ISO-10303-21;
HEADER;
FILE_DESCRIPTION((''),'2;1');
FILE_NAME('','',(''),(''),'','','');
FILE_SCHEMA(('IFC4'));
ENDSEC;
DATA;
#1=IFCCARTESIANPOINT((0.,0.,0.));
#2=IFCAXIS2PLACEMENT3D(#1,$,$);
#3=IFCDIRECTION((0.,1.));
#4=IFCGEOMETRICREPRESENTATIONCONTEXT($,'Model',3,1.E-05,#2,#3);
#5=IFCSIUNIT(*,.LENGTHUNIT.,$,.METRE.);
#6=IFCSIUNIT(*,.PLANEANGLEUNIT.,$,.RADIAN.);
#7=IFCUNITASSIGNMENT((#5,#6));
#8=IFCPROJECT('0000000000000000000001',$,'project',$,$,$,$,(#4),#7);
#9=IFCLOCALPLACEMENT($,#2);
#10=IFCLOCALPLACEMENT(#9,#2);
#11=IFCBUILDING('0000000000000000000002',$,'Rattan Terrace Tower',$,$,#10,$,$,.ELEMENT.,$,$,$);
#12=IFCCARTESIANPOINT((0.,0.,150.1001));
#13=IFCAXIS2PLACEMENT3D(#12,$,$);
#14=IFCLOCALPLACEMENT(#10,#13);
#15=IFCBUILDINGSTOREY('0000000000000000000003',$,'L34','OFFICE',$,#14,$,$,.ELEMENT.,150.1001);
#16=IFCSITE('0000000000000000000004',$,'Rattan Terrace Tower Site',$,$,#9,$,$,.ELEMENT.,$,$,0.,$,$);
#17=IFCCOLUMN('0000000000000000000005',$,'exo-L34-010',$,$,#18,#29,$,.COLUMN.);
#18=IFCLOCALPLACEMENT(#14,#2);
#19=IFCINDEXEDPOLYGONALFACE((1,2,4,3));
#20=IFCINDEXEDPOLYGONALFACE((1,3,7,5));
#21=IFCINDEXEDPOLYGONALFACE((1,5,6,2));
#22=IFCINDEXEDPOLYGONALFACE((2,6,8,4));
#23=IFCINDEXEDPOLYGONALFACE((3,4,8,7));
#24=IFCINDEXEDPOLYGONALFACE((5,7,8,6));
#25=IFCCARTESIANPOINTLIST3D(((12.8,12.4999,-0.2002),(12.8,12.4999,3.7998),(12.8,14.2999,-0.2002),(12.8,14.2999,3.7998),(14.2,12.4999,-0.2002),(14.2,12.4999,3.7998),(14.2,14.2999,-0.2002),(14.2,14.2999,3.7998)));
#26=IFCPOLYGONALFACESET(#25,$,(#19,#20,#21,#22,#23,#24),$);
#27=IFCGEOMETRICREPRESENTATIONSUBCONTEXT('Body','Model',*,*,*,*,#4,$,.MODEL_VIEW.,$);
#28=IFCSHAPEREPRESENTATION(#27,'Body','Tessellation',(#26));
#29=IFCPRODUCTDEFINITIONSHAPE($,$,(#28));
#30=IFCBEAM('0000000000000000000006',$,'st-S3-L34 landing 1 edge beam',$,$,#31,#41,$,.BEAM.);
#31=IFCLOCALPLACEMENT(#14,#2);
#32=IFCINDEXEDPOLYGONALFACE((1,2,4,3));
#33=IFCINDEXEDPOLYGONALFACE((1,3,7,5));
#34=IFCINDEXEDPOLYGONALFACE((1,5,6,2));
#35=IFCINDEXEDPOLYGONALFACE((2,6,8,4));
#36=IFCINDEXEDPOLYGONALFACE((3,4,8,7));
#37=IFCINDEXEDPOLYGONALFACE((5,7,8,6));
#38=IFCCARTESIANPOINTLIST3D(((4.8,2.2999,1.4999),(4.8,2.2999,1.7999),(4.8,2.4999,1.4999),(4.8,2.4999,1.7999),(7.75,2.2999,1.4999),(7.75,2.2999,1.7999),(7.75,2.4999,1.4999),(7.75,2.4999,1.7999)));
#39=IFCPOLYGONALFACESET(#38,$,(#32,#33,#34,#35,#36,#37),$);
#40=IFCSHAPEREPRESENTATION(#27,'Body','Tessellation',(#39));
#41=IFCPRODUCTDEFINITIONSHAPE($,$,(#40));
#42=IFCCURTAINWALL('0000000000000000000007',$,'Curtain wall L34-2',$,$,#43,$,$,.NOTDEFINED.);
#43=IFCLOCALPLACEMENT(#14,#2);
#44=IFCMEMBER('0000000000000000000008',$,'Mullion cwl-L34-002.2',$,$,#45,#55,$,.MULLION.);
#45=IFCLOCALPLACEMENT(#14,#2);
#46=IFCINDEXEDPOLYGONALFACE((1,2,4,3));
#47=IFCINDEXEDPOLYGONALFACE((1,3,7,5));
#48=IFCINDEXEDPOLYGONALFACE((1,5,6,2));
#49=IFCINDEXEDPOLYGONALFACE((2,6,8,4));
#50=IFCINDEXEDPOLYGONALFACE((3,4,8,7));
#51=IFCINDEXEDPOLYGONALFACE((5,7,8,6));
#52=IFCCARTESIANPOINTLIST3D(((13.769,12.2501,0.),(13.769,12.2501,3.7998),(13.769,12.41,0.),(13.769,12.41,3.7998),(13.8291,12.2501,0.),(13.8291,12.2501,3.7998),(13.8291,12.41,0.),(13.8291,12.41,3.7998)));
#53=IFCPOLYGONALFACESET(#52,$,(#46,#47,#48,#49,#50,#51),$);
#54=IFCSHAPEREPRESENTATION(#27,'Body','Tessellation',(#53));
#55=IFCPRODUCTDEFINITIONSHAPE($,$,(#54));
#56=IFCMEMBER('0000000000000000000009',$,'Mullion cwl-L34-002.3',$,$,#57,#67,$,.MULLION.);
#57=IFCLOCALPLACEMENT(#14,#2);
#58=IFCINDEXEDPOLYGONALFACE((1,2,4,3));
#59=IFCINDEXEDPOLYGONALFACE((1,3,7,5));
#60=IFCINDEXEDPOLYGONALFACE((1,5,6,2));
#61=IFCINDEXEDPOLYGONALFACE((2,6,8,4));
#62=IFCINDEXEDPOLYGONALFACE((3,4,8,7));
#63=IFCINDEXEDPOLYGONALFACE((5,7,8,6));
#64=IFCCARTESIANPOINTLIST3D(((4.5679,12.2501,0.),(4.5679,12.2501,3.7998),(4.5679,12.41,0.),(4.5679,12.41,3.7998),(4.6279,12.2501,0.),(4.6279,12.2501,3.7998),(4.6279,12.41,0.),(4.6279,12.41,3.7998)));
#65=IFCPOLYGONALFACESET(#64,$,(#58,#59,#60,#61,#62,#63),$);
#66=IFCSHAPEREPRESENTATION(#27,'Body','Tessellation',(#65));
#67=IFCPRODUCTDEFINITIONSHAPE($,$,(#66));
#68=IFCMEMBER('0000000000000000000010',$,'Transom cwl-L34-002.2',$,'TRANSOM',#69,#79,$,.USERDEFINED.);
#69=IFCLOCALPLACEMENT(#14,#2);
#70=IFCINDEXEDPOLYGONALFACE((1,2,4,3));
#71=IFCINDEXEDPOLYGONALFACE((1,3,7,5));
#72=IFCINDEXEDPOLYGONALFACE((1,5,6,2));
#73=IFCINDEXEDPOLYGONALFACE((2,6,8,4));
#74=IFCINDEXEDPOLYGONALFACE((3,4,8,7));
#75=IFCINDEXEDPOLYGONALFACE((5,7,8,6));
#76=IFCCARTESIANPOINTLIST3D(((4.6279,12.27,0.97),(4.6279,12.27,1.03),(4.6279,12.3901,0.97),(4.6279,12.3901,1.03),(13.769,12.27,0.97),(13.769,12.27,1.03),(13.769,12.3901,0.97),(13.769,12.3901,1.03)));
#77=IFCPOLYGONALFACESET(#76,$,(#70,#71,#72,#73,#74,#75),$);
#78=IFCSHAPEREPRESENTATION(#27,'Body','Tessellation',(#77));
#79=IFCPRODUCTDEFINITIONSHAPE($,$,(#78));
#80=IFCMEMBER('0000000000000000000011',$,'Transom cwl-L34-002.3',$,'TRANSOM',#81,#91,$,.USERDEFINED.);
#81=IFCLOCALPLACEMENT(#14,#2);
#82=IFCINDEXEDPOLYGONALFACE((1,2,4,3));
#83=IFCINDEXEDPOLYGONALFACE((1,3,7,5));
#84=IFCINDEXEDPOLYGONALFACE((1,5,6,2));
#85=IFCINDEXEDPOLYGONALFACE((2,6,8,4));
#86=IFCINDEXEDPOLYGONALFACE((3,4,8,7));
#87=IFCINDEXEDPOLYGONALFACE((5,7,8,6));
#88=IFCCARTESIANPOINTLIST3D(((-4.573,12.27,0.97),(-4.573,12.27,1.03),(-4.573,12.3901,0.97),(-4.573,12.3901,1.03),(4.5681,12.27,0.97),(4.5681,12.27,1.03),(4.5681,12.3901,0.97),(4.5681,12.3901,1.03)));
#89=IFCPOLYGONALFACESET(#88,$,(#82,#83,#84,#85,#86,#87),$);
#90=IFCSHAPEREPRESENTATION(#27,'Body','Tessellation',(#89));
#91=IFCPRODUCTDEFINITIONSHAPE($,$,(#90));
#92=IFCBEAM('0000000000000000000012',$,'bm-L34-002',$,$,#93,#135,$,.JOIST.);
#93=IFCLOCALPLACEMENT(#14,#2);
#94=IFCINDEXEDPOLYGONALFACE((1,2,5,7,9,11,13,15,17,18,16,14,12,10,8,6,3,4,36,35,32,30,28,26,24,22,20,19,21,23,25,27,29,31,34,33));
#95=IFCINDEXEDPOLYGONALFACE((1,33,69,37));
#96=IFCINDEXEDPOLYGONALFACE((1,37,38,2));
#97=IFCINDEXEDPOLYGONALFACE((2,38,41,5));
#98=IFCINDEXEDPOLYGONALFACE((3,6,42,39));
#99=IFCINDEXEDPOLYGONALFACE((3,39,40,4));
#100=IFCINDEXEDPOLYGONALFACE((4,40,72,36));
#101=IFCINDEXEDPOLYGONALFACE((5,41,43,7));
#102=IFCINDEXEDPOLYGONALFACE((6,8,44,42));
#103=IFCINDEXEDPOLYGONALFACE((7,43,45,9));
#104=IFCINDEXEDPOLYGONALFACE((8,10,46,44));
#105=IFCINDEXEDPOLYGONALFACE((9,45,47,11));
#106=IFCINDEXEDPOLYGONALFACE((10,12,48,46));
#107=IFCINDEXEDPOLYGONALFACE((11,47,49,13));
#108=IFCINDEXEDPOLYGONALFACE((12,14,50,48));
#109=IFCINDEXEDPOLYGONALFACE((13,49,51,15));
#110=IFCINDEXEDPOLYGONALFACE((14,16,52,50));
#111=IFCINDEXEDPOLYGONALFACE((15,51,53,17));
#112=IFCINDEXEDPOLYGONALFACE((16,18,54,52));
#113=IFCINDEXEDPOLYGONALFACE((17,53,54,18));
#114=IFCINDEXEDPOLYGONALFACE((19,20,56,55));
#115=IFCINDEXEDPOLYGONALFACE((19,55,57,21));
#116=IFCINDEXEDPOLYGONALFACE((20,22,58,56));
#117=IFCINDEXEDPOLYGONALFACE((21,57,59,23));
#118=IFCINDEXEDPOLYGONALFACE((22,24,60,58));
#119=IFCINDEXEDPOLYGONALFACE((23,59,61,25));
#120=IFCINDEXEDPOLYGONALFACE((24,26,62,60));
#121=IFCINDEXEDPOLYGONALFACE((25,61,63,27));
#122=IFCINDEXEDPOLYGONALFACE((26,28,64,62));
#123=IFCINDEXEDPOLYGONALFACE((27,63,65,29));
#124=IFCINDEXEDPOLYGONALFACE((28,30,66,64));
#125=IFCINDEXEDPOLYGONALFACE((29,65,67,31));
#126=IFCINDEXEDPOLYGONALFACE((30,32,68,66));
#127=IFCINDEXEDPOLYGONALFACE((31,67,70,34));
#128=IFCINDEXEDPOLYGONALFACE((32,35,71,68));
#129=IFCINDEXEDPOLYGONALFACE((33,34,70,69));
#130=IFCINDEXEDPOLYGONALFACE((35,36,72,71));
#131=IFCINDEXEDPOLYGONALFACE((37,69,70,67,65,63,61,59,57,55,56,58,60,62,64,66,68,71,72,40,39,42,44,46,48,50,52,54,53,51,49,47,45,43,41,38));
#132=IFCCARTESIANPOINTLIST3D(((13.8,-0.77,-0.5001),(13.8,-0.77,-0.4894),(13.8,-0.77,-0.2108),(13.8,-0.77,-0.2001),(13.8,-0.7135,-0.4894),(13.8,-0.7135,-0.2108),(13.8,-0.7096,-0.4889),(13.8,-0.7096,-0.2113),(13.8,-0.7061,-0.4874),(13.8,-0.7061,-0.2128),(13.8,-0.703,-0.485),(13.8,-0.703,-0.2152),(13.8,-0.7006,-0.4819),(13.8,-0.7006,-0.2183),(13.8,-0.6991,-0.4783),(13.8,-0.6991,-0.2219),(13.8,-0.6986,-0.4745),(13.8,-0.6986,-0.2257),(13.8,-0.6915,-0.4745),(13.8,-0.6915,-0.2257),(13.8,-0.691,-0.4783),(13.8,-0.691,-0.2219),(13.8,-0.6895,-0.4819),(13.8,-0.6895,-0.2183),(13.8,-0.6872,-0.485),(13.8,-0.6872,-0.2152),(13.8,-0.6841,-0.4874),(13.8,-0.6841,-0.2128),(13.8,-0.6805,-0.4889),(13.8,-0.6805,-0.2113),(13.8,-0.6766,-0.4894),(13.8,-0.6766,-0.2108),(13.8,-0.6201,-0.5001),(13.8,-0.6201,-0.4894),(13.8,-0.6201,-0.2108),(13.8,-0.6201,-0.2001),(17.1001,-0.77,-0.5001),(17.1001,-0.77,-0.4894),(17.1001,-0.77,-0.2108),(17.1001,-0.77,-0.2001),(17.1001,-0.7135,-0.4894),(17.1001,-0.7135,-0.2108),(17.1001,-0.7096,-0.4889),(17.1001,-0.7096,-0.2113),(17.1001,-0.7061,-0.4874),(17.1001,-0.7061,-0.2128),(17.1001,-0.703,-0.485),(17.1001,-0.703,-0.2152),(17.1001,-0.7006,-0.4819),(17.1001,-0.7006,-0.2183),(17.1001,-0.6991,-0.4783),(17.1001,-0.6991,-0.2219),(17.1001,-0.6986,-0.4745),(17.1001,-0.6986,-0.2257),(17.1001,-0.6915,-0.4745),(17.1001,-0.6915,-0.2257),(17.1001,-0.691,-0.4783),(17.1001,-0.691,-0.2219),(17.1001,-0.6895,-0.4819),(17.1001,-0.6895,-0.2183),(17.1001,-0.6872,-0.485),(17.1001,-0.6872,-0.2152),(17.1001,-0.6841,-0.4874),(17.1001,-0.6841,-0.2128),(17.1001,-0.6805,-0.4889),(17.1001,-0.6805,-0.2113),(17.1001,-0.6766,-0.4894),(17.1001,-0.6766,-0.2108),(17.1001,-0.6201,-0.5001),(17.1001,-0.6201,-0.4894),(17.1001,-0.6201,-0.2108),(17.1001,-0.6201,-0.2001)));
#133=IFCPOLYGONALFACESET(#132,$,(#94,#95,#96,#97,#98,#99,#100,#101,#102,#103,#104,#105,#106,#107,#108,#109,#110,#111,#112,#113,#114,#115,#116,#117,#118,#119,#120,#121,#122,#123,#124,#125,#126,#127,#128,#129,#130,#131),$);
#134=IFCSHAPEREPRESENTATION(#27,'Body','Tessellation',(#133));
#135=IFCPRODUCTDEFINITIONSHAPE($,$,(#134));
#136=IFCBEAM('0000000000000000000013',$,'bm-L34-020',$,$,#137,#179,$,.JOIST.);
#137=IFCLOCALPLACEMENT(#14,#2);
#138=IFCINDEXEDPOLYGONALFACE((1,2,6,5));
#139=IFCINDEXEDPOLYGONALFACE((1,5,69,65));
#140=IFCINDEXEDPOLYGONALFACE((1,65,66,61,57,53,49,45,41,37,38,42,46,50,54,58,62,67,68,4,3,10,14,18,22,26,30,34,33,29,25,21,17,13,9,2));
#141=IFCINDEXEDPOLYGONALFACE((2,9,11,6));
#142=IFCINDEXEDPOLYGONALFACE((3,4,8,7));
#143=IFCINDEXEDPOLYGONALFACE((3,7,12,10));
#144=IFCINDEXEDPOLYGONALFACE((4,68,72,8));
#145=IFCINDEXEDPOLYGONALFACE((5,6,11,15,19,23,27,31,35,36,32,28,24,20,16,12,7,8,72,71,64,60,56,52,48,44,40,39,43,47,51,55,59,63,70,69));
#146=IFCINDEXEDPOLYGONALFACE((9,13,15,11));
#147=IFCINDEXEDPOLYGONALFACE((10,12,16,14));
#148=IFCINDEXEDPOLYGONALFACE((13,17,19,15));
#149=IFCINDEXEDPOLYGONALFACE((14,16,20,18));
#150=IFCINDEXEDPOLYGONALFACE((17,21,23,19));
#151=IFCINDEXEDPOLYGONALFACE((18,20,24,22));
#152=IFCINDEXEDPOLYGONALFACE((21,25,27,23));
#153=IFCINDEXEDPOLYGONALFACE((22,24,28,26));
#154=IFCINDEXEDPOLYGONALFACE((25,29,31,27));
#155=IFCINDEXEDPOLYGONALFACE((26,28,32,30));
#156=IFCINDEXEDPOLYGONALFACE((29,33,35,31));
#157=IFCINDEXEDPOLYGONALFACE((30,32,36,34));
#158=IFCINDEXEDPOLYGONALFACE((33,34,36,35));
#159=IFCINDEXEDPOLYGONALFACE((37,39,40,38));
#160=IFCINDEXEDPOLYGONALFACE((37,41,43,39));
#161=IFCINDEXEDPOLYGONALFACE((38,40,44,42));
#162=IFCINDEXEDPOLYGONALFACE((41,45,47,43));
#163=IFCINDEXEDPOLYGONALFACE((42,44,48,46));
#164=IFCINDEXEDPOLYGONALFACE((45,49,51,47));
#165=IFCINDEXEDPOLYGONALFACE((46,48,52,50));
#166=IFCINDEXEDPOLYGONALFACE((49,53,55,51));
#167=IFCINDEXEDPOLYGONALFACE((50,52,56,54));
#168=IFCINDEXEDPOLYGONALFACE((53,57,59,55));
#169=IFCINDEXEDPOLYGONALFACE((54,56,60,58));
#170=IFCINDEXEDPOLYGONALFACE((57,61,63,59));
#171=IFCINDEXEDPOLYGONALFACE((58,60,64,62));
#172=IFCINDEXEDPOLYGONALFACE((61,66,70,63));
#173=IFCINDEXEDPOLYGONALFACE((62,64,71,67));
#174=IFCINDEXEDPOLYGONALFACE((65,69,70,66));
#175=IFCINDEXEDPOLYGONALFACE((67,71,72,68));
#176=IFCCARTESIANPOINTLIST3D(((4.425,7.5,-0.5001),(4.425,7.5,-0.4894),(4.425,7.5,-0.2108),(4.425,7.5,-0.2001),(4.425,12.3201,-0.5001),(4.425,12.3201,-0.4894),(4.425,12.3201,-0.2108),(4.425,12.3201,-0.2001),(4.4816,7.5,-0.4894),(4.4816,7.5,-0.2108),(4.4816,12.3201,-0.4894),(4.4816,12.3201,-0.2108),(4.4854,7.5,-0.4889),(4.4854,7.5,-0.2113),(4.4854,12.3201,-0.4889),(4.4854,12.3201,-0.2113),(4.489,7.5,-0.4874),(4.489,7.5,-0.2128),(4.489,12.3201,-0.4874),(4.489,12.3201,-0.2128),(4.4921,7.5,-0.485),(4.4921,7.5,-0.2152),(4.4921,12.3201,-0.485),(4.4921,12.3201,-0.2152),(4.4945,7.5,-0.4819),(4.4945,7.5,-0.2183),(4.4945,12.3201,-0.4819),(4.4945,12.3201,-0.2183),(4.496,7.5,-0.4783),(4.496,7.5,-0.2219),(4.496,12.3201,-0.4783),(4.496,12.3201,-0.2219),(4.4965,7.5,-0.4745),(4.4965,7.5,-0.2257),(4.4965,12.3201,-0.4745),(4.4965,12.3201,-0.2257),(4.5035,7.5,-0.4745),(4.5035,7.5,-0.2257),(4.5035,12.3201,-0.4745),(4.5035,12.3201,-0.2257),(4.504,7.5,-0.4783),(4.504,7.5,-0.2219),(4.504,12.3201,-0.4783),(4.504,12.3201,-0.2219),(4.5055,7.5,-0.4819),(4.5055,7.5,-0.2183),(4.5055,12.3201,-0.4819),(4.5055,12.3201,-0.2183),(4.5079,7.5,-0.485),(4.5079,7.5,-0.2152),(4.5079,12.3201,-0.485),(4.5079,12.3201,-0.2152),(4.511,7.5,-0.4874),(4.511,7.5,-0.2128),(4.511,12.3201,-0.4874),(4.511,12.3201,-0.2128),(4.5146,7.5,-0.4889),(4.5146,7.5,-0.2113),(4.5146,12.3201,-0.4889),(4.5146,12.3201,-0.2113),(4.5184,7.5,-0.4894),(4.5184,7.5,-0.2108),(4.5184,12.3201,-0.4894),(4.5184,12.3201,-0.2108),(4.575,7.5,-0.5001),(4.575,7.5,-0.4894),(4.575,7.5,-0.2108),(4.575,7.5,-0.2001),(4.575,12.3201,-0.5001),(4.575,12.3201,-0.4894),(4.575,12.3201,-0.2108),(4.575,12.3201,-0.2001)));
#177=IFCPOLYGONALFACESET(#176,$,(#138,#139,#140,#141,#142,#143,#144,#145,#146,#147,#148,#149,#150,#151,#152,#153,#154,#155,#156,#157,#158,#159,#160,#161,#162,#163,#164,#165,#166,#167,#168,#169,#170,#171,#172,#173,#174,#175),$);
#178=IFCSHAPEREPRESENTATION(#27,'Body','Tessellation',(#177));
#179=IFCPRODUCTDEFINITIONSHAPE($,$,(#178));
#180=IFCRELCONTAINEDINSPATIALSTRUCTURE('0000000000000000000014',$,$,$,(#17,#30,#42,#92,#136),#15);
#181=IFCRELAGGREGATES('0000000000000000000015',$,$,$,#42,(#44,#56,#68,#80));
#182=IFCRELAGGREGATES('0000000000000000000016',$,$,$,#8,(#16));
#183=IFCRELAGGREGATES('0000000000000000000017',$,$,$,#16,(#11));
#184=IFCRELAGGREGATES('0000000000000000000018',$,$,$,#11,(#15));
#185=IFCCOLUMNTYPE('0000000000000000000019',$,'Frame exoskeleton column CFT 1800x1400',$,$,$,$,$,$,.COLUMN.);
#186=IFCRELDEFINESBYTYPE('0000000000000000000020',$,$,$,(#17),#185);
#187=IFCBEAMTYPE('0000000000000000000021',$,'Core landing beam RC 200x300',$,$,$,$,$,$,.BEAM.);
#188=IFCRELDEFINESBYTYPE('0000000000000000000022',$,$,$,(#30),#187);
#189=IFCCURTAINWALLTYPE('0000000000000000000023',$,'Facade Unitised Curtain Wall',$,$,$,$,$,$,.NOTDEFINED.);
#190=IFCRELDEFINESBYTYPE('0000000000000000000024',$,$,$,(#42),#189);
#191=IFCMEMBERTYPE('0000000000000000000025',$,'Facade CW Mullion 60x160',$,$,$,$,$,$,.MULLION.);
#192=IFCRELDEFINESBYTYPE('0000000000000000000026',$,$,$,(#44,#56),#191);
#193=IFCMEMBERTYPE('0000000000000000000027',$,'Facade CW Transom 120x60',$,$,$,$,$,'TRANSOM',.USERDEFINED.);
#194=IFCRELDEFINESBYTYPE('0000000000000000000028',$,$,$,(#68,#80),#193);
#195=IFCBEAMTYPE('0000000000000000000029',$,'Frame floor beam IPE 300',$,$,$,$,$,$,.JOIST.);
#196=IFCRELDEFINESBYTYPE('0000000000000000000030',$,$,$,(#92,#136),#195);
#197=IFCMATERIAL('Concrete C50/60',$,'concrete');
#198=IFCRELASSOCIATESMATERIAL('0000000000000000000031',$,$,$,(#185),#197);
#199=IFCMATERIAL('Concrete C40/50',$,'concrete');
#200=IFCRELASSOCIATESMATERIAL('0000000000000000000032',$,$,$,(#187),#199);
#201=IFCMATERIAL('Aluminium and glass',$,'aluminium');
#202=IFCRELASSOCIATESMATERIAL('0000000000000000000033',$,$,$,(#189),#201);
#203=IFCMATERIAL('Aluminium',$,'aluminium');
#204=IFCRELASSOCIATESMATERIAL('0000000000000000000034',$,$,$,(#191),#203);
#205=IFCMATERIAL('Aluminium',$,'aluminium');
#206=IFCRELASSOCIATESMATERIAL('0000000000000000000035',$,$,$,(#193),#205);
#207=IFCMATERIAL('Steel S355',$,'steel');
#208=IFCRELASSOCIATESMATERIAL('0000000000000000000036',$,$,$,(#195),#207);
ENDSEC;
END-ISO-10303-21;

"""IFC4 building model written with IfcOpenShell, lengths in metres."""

from ifc_helpers import new_model, si_unit, direction, frame, origin, origin_2d, place, context, subcontext, project, spatial, rectangle, i_section, extrude, material, material_profile, profile_set, type_object, element, aggregate, save


model = new_model("IFC4")

# Units and contexts
model_context = context("Model", 3, precision=1e-05, world=origin(), true_north=direction((0.0, 1.0)))
body_context = subcontext(model_context, "Body", "Model", "MODEL_VIEW")
ifc_project = project(units=[si_unit("LENGTHUNIT", "METRE"), si_unit("PLANEANGLEUNIT", "RADIAN")], contexts=[model_context])

# Site, building, storey
site_placement = place(None, origin())
site = spatial("IfcSite", under=ifc_project, at=site_placement, Name="Rattan Terrace Tower Site", CompositionType="ELEMENT", RefElevation=0.0)
building_placement = place(site_placement, origin())
building = spatial("IfcBuilding", under=site, at=building_placement, Name="Rattan Terrace Tower", CompositionType="ELEMENT")
storey_placement = place(building_placement, frame((0.0, 0.0, 150.1001)))
storey = spatial("IfcBuildingStorey", under=building, at=storey_placement, Name="L34", Description="OFFICE", CompositionType="ELEMENT", Elevation=150.1001)

# Column
ifc_material_1 = material(Name="Concrete C50/60", Category="concrete")
ifc_material_profile_1 = material_profile(ifc_material_1, rectangle(XDim=1.3999, YDim=1.8, at=origin_2d()), Name="CFT 1800x1400")
ifc_profile_set_1 = profile_set([ifc_material_profile_1], Name="Concrete C50/60")
column_type = type_object("IfcColumnType", Name="Frame exoskeleton column CFT 1800x1400", PredefinedType="COLUMN", material=ifc_profile_set_1)
column_placement = place(storey_placement, frame((13.5, 13.3999, -0.2002), z_axis=(0.0, 0.0, 1.0), x_axis=(1.0, 0.0, 0.0)))
element("IfcColumn", 1, at=column_placement, inside=storey, type_object=column_type, Name="exo-L34-010", PredefinedType="COLUMN", context=body_context, shape_type="SweptSolid", body=[
    extrude(rectangle(XDim=1.3999, YDim=1.8, at=origin_2d()), origin(), (0.0, 0.0, 1.0), 4.0),
])

# Beam
ifc_material_2 = material(Name="Concrete C40/50", Category="concrete")
ifc_material_profile_2 = material_profile(ifc_material_2, rectangle(XDim=0.2, YDim=0.3, at=origin_2d()), Name="RC 200x300")
ifc_profile_set_2 = profile_set([ifc_material_profile_2], Name="Concrete C40/50")
beam_type_1 = type_object("IfcBeamType", Name="Core landing beam RC 200x300", PredefinedType="BEAM", material=ifc_profile_set_2)
beam_1_placement = place(storey_placement, frame((4.8, 2.3999, 1.6499), z_axis=(1.0, 0.0, 0.0), x_axis=(0.0, 1.0, 0.0)))
element("IfcBeam", 2, at=beam_1_placement, inside=storey, type_object=beam_type_1, Name="st-S3-L34 landing 1 edge beam", PredefinedType="BEAM", context=body_context, shape_type="SweptSolid", body=[
    extrude(rectangle(XDim=0.2, YDim=0.3, at=origin_2d()), origin(), (0.0, 0.0, 1.0), 2.95),
])

# Curtain wall, members
ifc_material_3 = material(Name="Aluminium and glass", Category="aluminium")
curtain_wall_type = type_object("IfcCurtainWallType", Name="Facade Unitised Curtain Wall", PredefinedType="NOTDEFINED", material=ifc_material_3)
curtain_wall_placement = place(storey_placement, origin())
curtain_wall = element("IfcCurtainWall", 3, at=curtain_wall_placement, inside=storey, type_object=curtain_wall_type, Name="Curtain wall L34-2", PredefinedType="NOTDEFINED")
ifc_material_4 = material(Name="Aluminium", Category="aluminium")
ifc_material_profile_3 = material_profile(ifc_material_4, rectangle(XDim=0.0601, YDim=0.1599, at=origin_2d()), Name="Aluminium 60x160")
ifc_profile_set_3 = profile_set([ifc_material_profile_3], Name="Aluminium")
member_type_1 = type_object("IfcMemberType", Name="Facade CW Mullion 60x160", PredefinedType="MULLION", material=ifc_profile_set_3)
member_1_placement = place(storey_placement, frame((13.7991, 12.3301, 0.0), z_axis=(0.0, 0.0, 1.0), x_axis=(-1.0, 0.0, 0.0)))
member_1 = element("IfcMember", 4, at=member_1_placement, type_object=member_type_1, Name="Mullion cwl-L34-002.2", PredefinedType="MULLION", context=body_context, shape_type="SweptSolid", body=[
    extrude(rectangle(XDim=0.0601, YDim=0.1599, at=origin_2d()), origin(), (0.0, 0.0, 1.0), 3.7998),
])
member_2_placement = place(storey_placement, frame((4.5979, 12.3301, 0.0), z_axis=(0.0, 0.0, 1.0), x_axis=(-1.0, 0.0, 0.0)))
member_2 = element("IfcMember", 5, at=member_2_placement, type_object=member_type_1, Name="Mullion cwl-L34-002.3", PredefinedType="MULLION", context=body_context, shape_type="SweptSolid", body=[
    extrude(rectangle(XDim=0.0601, YDim=0.1599, at=origin_2d()), origin(), (0.0, 0.0, 1.0), 3.7998),
])
ifc_material_5 = material(Name="Aluminium", Category="aluminium")
ifc_material_profile_4 = material_profile(ifc_material_5, rectangle(XDim=0.1201, YDim=0.0601, at=origin_2d()), Name="Aluminium 120x60")
ifc_profile_set_4 = profile_set([ifc_material_profile_4], Name="Aluminium")
member_type_2 = type_object("IfcMemberType", Name="Facade CW Transom 120x60", ElementType="TRANSOM", PredefinedType="USERDEFINED", material=ifc_profile_set_4)
member_3_placement = place(storey_placement, frame((13.769, 12.3301, 1.0), z_axis=(-1.0, 0.0, 0.0), x_axis=(0.0, -1.0, 0.0)))
member_3 = element("IfcMember", 6, at=member_3_placement, type_object=member_type_2, Name="Transom cwl-L34-002.2", ObjectType="TRANSOM", PredefinedType="USERDEFINED", context=body_context, shape_type="SweptSolid", body=[
    extrude(rectangle(XDim=0.1201, YDim=0.0601, at=origin_2d()), origin(), (0.0, 0.0, 1.0), 9.1411),
])
member_4_placement = place(storey_placement, frame((4.5681, 12.3301, 1.0), z_axis=(-1.0, 0.0, 0.0), x_axis=(0.0, -1.0, 0.0)))
member_4 = element("IfcMember", 7, at=member_4_placement, type_object=member_type_2, Name="Transom cwl-L34-002.3", ObjectType="TRANSOM", PredefinedType="USERDEFINED", context=body_context, shape_type="SweptSolid", body=[
    extrude(rectangle(XDim=0.1201, YDim=0.0601, at=origin_2d()), origin(), (0.0, 0.0, 1.0), 9.1411),
])

# Beams
ifc_material_6 = material(Name="Steel S355", Category="steel")
ifc_material_profile_5 = material_profile(ifc_material_6, i_section(OverallWidth=0.1499, OverallDepth=0.3, WebThickness=0.0071, FlangeThickness=0.0107, FilletRadius=0.0149, at=origin_2d()), Name="IPE 300")
ifc_profile_set_5 = profile_set([ifc_material_profile_5], Name="Steel S355")
beam_type_2 = type_object("IfcBeamType", Name="Frame floor beam IPE 300", PredefinedType="JOIST", material=ifc_profile_set_5)
beam_2_placement = place(storey_placement, frame((13.8, -0.6951, -0.3501), z_axis=(1.0, 0.0, 0.0), x_axis=(0.0, 1.0, 0.0)))
element("IfcBeam", 8, at=beam_2_placement, inside=storey, type_object=beam_type_2, Name="bm-L34-002", PredefinedType="JOIST", context=body_context, shape_type="SweptSolid", body=[
    extrude(i_section(OverallWidth=0.1499, OverallDepth=0.3, WebThickness=0.0071, FlangeThickness=0.0107, FilletRadius=0.0149, at=origin_2d()), origin(), (0.0, 0.0, 1.0), 3.3),
])
for number, where, z_axis, x_axis, name in (
    (9, (4.5, 7.5, -0.3501), (0.0, 1.0, 0.0), (-1.0, 0.0, 0.0), "bm-L34-020"),
):
    element("IfcBeam", number, at=place(storey_placement, frame(where, z_axis=z_axis, x_axis=x_axis)), inside=storey, type_object=beam_type_2, Name=name, PredefinedType="JOIST", context=body_context, shape_type="SweptSolid", body=[
        extrude(i_section(OverallWidth=0.1499, OverallDepth=0.3, WebThickness=0.0071, FlangeThickness=0.0107, FilletRadius=0.0149, at=origin_2d()), origin(), (0.0, 0.0, 1.0), 4.8201),
    ])

aggregate(curtain_wall, [member_1, member_2, member_3, member_4])

save(model, "model.ifc")
